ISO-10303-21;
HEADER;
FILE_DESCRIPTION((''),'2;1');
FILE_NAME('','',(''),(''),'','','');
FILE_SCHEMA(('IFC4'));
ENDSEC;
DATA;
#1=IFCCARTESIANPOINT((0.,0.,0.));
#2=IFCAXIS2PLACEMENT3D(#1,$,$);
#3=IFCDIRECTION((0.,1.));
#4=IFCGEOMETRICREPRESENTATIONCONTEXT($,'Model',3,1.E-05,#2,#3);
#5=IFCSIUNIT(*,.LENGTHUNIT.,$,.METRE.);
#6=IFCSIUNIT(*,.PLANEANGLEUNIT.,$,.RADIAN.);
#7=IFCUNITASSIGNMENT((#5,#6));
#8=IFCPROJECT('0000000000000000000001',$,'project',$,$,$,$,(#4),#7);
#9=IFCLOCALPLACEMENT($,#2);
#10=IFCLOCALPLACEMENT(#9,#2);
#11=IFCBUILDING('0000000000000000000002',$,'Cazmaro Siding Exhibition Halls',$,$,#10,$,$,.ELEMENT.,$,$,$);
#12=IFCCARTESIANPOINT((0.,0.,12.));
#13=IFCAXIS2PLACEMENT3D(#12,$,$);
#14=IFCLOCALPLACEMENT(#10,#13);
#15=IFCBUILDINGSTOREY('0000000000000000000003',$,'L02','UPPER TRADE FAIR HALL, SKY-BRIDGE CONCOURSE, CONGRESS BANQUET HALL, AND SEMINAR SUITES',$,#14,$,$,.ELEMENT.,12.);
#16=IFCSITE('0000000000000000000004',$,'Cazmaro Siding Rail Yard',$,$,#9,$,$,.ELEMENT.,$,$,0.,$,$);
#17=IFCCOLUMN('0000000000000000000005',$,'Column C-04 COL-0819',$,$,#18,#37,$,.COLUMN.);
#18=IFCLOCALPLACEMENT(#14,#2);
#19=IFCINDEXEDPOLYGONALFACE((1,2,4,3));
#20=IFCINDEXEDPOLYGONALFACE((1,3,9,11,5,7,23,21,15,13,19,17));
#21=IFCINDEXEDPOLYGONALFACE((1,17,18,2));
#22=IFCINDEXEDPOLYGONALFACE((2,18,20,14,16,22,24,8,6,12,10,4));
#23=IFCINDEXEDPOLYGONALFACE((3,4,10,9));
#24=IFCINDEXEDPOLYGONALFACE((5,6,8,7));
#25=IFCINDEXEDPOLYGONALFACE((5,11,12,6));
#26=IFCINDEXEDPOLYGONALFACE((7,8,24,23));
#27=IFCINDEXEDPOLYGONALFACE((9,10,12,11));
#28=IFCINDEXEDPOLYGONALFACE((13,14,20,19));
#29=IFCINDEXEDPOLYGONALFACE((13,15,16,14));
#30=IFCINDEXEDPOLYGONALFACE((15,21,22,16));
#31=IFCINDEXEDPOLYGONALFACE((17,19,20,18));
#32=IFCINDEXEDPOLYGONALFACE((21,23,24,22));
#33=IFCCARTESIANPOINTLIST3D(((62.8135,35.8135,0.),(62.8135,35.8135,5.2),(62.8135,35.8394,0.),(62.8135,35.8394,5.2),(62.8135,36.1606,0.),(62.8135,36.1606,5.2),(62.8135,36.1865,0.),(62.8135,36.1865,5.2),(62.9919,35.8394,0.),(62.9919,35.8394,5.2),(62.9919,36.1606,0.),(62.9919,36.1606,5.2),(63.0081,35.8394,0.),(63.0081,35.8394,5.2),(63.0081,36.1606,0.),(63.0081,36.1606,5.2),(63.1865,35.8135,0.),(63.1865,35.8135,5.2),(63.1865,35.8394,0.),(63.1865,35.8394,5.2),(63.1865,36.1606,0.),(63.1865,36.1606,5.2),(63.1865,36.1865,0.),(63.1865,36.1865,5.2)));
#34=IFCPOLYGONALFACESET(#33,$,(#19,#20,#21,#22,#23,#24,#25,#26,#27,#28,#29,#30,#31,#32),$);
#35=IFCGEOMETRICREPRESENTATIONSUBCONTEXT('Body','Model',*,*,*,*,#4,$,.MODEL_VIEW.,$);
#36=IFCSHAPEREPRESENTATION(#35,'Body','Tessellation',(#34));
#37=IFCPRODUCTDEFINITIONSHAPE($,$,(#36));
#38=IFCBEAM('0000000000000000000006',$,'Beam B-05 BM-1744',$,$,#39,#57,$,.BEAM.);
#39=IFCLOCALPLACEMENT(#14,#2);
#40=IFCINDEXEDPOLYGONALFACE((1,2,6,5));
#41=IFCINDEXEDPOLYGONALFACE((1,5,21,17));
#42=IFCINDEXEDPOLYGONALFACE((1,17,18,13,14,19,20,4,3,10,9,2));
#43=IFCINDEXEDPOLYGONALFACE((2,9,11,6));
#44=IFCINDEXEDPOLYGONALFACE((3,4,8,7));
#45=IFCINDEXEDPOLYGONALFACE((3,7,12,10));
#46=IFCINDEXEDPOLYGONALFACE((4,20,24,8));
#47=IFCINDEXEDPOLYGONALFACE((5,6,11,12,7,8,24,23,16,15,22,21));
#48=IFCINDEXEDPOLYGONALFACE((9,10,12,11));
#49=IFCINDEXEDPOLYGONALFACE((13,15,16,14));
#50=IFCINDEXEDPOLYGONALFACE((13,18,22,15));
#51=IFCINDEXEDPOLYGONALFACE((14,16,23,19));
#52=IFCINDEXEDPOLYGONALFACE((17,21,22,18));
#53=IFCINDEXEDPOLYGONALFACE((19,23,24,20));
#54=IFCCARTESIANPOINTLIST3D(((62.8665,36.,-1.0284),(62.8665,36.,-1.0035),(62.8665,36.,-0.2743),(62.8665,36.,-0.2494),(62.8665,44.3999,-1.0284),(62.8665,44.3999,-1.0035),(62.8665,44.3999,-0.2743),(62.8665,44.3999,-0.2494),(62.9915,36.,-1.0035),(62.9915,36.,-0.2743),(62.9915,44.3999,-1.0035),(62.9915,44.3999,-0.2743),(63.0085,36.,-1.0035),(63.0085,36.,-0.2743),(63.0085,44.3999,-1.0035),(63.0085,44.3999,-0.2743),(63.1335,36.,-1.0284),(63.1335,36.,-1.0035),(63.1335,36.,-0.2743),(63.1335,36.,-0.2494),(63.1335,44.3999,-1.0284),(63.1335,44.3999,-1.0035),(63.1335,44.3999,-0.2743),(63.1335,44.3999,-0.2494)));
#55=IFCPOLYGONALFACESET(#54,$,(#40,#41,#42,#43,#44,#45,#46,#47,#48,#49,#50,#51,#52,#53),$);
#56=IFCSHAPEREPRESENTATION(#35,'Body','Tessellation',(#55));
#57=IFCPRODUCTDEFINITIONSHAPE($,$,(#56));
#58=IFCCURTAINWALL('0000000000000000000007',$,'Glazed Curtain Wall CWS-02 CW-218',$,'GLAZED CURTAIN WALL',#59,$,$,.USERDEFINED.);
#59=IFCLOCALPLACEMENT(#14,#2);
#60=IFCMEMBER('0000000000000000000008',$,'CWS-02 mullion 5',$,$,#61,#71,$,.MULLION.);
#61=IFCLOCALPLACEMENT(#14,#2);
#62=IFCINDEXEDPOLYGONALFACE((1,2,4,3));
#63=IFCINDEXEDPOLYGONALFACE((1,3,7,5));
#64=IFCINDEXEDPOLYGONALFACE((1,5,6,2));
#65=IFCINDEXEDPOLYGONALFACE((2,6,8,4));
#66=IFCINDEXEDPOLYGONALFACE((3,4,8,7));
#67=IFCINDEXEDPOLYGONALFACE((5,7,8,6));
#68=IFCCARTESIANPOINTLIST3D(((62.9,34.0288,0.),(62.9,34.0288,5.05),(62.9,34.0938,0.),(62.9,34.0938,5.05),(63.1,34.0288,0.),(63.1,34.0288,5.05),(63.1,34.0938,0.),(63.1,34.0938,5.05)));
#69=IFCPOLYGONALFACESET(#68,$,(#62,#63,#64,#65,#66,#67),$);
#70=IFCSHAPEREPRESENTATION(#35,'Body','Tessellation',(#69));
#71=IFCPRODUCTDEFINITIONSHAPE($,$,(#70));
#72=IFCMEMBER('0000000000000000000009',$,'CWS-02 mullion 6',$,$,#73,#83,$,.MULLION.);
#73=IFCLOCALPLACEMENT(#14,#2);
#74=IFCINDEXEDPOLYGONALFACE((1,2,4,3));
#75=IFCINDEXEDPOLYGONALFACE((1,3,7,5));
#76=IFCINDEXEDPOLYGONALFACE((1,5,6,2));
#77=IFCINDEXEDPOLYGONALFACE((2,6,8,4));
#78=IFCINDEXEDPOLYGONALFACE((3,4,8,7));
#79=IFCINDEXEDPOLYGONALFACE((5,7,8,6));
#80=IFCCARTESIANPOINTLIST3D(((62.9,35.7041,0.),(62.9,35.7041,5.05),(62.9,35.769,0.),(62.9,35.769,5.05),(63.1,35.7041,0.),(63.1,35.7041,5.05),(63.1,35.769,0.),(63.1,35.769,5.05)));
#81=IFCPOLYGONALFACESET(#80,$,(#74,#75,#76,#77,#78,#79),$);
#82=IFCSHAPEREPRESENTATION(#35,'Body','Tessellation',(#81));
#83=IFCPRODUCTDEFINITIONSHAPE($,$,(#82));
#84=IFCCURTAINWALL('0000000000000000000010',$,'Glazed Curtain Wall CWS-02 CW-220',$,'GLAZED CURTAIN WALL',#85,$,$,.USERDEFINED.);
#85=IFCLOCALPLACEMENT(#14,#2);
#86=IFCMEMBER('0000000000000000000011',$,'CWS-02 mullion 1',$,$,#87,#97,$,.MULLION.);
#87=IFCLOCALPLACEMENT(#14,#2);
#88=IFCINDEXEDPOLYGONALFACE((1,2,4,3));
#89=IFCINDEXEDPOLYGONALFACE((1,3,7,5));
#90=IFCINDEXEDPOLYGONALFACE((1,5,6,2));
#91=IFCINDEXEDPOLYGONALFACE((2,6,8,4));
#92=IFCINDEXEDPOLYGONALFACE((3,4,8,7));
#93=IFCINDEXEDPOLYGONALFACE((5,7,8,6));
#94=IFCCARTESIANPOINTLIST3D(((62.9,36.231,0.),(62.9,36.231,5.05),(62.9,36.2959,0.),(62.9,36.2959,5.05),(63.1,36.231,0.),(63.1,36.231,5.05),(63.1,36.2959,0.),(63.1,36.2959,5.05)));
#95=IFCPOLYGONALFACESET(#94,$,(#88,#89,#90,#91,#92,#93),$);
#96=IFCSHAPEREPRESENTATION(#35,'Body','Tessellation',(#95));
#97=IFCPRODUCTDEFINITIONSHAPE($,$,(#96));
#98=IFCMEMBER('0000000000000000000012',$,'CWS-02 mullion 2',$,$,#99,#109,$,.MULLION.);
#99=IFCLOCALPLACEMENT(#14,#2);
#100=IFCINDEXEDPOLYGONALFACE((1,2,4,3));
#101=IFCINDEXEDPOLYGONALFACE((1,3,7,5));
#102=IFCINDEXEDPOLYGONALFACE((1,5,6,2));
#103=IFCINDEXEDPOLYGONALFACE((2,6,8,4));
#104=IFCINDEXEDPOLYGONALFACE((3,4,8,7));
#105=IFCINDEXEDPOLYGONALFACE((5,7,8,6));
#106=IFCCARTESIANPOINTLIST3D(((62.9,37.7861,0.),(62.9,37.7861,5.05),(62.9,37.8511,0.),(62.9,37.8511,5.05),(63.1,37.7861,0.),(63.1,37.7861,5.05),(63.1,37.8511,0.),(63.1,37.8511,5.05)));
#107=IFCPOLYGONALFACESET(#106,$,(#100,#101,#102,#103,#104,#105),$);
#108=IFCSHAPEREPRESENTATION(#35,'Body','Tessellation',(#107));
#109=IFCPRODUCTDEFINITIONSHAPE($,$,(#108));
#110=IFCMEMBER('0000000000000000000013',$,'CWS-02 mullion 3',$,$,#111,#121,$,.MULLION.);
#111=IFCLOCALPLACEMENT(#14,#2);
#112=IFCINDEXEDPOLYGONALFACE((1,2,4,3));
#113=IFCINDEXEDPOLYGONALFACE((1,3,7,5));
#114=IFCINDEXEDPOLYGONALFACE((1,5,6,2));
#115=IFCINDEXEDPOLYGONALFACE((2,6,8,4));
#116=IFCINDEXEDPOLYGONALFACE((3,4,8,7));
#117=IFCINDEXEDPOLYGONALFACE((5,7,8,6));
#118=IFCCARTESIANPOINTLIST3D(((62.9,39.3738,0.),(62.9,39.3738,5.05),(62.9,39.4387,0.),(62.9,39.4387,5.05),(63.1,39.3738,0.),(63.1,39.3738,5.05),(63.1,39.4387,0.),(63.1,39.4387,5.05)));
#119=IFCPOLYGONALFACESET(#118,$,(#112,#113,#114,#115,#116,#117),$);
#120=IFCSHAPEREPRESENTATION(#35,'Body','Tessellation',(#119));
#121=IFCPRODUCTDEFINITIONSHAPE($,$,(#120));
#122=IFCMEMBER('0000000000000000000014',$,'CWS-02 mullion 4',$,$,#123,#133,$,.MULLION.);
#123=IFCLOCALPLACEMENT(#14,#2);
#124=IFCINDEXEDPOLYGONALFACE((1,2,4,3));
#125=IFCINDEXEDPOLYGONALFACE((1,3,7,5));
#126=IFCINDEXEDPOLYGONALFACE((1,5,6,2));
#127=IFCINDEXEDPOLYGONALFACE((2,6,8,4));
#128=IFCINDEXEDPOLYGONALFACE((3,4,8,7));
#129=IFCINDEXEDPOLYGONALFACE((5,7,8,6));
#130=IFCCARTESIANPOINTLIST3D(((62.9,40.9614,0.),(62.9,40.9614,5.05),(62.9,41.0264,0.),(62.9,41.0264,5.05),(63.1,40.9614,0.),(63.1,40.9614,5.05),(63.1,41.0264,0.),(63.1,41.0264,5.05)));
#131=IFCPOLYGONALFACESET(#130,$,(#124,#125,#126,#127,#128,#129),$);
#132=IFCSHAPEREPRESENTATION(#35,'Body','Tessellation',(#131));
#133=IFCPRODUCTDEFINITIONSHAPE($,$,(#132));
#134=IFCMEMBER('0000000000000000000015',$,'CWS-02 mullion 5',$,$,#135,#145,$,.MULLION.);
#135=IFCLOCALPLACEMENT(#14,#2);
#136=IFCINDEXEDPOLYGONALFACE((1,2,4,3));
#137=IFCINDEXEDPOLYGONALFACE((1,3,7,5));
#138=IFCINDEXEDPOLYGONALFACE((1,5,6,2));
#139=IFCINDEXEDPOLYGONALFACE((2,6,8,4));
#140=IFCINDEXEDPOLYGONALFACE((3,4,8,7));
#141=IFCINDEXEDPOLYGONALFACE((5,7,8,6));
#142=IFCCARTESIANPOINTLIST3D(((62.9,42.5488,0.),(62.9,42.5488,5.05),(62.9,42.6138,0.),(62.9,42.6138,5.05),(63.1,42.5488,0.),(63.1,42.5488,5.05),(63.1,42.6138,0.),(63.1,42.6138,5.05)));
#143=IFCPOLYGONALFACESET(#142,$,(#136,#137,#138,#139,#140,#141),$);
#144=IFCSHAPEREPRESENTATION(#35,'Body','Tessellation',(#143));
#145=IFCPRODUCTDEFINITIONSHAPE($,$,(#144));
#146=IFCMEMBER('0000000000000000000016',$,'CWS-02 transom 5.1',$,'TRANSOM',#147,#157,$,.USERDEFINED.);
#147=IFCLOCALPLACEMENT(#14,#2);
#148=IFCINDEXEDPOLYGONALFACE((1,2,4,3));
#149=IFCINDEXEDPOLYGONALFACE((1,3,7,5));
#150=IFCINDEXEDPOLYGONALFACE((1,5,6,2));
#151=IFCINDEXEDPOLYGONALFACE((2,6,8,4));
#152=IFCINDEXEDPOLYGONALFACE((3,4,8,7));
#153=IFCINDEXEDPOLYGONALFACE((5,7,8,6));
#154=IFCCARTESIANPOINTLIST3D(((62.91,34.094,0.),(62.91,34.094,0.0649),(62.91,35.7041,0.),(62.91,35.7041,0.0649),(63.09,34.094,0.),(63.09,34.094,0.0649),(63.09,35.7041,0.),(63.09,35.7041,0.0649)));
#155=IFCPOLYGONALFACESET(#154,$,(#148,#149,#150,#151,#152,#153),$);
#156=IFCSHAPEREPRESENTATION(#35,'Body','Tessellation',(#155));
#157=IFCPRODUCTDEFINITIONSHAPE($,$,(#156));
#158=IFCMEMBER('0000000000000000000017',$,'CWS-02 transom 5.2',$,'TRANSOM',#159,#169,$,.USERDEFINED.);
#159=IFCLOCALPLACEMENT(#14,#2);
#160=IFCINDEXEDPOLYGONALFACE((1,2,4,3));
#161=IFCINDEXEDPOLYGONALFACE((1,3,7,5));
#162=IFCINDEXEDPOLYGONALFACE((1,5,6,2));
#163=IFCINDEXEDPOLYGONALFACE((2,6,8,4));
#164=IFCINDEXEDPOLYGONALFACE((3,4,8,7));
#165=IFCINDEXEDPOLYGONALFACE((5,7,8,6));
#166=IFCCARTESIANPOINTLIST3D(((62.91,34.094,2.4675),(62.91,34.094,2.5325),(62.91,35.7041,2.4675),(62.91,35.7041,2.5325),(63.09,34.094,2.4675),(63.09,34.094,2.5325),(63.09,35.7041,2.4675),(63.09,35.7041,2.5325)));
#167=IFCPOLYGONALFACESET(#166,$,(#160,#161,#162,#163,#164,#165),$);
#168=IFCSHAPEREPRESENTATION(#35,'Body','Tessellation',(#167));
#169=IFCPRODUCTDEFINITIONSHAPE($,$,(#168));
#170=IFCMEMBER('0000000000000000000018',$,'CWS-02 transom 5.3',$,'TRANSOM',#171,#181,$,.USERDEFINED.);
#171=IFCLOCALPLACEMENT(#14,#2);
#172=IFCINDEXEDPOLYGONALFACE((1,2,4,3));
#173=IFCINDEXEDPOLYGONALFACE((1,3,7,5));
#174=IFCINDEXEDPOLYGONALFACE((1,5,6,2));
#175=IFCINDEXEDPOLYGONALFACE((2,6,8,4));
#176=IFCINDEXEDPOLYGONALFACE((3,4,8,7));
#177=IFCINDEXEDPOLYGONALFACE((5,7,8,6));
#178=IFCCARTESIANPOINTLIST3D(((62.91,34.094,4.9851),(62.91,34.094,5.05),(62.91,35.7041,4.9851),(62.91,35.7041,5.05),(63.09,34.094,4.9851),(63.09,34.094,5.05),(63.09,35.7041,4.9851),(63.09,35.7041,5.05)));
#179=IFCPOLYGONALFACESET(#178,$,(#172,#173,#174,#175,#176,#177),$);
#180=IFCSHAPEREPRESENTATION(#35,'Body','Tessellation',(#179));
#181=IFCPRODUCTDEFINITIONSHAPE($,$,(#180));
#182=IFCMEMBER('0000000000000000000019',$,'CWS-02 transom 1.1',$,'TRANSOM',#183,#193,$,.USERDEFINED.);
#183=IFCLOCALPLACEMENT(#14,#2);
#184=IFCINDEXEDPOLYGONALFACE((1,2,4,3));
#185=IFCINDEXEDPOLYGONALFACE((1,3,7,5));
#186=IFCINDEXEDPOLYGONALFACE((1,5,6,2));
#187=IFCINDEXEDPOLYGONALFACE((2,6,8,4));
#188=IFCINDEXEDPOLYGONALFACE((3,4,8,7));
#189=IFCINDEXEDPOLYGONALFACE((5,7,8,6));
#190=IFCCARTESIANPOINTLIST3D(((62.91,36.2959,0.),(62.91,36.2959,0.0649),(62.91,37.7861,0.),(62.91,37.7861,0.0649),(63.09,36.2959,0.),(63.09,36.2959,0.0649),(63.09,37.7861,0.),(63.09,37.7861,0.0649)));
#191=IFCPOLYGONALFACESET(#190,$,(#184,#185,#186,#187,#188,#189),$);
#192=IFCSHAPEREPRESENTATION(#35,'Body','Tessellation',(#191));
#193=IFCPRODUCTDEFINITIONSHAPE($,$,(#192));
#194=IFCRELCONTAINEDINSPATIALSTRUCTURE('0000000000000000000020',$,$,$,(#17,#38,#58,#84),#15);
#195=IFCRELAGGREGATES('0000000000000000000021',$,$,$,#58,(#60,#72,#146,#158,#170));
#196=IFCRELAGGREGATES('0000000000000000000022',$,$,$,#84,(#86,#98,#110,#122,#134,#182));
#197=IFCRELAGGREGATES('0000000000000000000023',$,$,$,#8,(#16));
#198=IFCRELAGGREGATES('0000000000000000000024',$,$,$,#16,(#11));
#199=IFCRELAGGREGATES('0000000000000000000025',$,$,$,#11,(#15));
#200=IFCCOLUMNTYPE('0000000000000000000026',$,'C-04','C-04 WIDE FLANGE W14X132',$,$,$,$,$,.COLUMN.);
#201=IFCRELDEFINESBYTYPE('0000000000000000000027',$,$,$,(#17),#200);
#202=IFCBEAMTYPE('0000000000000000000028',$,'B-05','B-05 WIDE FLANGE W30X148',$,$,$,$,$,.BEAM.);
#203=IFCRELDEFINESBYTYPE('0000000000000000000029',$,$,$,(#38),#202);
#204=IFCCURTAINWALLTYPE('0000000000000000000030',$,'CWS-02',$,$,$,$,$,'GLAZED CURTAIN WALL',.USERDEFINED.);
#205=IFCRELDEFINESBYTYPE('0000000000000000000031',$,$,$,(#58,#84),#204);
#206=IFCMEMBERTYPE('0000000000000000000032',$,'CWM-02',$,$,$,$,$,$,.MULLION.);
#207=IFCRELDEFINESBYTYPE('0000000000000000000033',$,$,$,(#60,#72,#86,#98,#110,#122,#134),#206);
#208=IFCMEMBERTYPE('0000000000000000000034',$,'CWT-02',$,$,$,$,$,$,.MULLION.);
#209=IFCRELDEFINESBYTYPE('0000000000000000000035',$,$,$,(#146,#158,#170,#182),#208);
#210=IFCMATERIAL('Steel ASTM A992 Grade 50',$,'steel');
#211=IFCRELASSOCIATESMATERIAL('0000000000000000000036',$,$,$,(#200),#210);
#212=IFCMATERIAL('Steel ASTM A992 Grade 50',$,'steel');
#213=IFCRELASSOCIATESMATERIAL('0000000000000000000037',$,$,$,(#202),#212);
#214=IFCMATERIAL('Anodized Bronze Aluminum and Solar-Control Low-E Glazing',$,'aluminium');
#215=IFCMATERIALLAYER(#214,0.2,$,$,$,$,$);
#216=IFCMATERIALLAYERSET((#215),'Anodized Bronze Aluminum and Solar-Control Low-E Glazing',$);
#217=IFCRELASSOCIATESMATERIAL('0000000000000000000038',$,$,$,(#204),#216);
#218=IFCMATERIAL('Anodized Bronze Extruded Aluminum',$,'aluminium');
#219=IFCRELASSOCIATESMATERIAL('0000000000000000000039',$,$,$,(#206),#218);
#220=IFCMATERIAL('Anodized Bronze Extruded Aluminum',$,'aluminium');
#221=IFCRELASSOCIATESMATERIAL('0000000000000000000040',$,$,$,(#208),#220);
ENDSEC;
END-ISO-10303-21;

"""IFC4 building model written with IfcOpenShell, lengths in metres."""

from ifc_helpers import new_model, si_unit, direction, frame, origin, origin_2d, place, context, subcontext, project, spatial, rectangle, i_section, extrude, material, layer, layer_set, material_profile, profile_set, type_object, element, aggregate, save


model = new_model("IFC4")

# Units and contexts
model_context = context("Model", 3, precision=1e-05, world=origin(), true_north=direction((0.0, 1.0)))
body_context = subcontext(model_context, "Body", "Model", "MODEL_VIEW")
ifc_project = project(units=[si_unit("LENGTHUNIT", "METRE"), si_unit("PLANEANGLEUNIT", "RADIAN")], contexts=[model_context])

# Site, building, storey
site_placement = place(None, origin())
site = spatial("IfcSite", under=ifc_project, at=site_placement, Name="Cazmaro Siding Rail Yard", CompositionType="ELEMENT", RefElevation=0.0)
building_placement = place(site_placement, origin())
building = spatial("IfcBuilding", under=site, at=building_placement, Name="Cazmaro Siding Exhibition Halls", CompositionType="ELEMENT")
storey_placement = place(building_placement, frame((0.0, 0.0, 12.0)))
storey = spatial("IfcBuildingStorey", under=building, at=storey_placement, Name="L02", Description="UPPER TRADE FAIR HALL, SKY-BRIDGE CONCOURSE, CONGRESS BANQUET HALL, AND SEMINAR SUITES", CompositionType="ELEMENT", Elevation=12.0)

# Column
ifc_material_1 = material(Name="Steel ASTM A992 Grade 50", Category="steel")
ifc_material_profile_1 = material_profile(ifc_material_1, i_section(OverallWidth=0.373, OverallDepth=0.373, WebThickness=0.0161, FlangeThickness=0.0259, at=origin_2d()), Name="W14X132")
ifc_profile_set_1 = profile_set([ifc_material_profile_1], Name="Steel ASTM A992 Grade 50")
column_type = type_object("IfcColumnType", Name="C-04", Description="C-04 WIDE FLANGE W14X132", PredefinedType="COLUMN", material=ifc_profile_set_1)
column_placement = place(storey_placement, frame((63.0, 36.0, 0.0), z_axis=(0.0, 0.0, 1.0), x_axis=(1.0, 0.0, 0.0)))
element("IfcColumn", 1, at=column_placement, inside=storey, type_object=column_type, Name="Column C-04 COL-0819", PredefinedType="COLUMN", context=body_context, shape_type="SweptSolid", body=[
    extrude(i_section(OverallWidth=0.373, OverallDepth=0.373, WebThickness=0.0161, FlangeThickness=0.0259, at=origin_2d()), origin(), (0.0, 0.0, 1.0), 5.2),
])

# Beam
ifc_material_2 = material(Name="Steel ASTM A992 Grade 50", Category="steel")
ifc_material_profile_2 = material_profile(ifc_material_2, i_section(OverallWidth=0.2671, OverallDepth=0.7791, WebThickness=0.0171, FlangeThickness=0.0249, at=origin_2d()), Name="W30X148")
ifc_profile_set_2 = profile_set([ifc_material_profile_2], Name="Steel ASTM A992 Grade 50")
beam_type = type_object("IfcBeamType", Name="B-05", Description="B-05 WIDE FLANGE W30X148", PredefinedType="BEAM", material=ifc_profile_set_2)
beam_placement = place(storey_placement, frame((63.0, 36.0, -0.6389), z_axis=(0.0, 1.0, 0.0), x_axis=(-1.0, 0.0, 0.0)))
element("IfcBeam", 2, at=beam_placement, inside=storey, type_object=beam_type, Name="Beam B-05 BM-1744", PredefinedType="BEAM", context=body_context, shape_type="SweptSolid", body=[
    extrude(i_section(OverallWidth=0.2671, OverallDepth=0.7791, WebThickness=0.0171, FlangeThickness=0.0249, at=origin_2d()), origin(), (0.0, 0.0, 1.0), 8.3999),
])

# Curtain walls, members
ifc_material_3 = material(Name="Anodized Bronze Aluminum and Solar-Control Low-E Glazing", Category="aluminium")
ifc_layer_1 = layer(ifc_material_3, 0.2)
ifc_layer_set_1 = layer_set([ifc_layer_1], Name="Anodized Bronze Aluminum and Solar-Control Low-E Glazing")
curtain_wall_type = type_object("IfcCurtainWallType", Name="CWS-02", ElementType="GLAZED CURTAIN WALL", PredefinedType="USERDEFINED", material=ifc_layer_set_1)
curtain_wall_1_placement = place(storey_placement, origin())
curtain_wall_1 = element("IfcCurtainWall", 3, at=curtain_wall_1_placement, inside=storey, type_object=curtain_wall_type, Name="Glazed Curtain Wall CWS-02 CW-218", ObjectType="GLAZED CURTAIN WALL", PredefinedType="USERDEFINED")
ifc_material_4 = material(Name="Anodized Bronze Extruded Aluminum", Category="aluminium")
ifc_material_profile_3 = material_profile(ifc_material_4, rectangle(XDim=0.2, YDim=0.0649, at=origin_2d()), Name="CWM-02")
ifc_profile_set_3 = profile_set([ifc_material_profile_3], Name="Anodized Bronze Extruded Aluminum")
member_type_1 = type_object("IfcMemberType", Name="CWM-02", PredefinedType="MULLION", material=ifc_profile_set_3)
member_1_placement = place(storey_placement, frame((63.0, 34.0613, 0.0), z_axis=(0.0, 0.0, 1.0), x_axis=(-1.0, 0.0, 0.0)))
member_1 = element("IfcMember", 4, at=member_1_placement, type_object=member_type_1, Name="CWS-02 mullion 5", PredefinedType="MULLION", context=body_context, shape_type="SweptSolid", body=[
    extrude(rectangle(XDim=0.2, YDim=0.0649, at=origin_2d()), origin(), (0.0, 0.0, 1.0), 5.05),
])
member_2_placement = place(storey_placement, frame((63.0, 35.7366, 0.0), z_axis=(0.0, 0.0, 1.0), x_axis=(-1.0, 0.0, 0.0)))
member_2 = element("IfcMember", 5, at=member_2_placement, type_object=member_type_1, Name="CWS-02 mullion 6", PredefinedType="MULLION", context=body_context, shape_type="SweptSolid", body=[
    extrude(rectangle(XDim=0.2, YDim=0.0649, at=origin_2d()), origin(), (0.0, 0.0, 1.0), 5.05),
])
curtain_wall_2_placement = place(storey_placement, origin())
curtain_wall_2 = element("IfcCurtainWall", 6, at=curtain_wall_2_placement, inside=storey, type_object=curtain_wall_type, Name="Glazed Curtain Wall CWS-02 CW-220", ObjectType="GLAZED CURTAIN WALL", PredefinedType="USERDEFINED")
member_3_placement = place(storey_placement, frame((63.0, 36.2634, 0.0), z_axis=(0.0, 0.0, 1.0), x_axis=(-1.0, 0.0, 0.0)))
member_3 = element("IfcMember", 7, at=member_3_placement, type_object=member_type_1, Name="CWS-02 mullion 1", PredefinedType="MULLION", context=body_context, shape_type="SweptSolid", body=[
    extrude(rectangle(XDim=0.2, YDim=0.0649, at=origin_2d()), origin(), (0.0, 0.0, 1.0), 5.05),
])
member_4_placement = place(storey_placement, frame((63.0, 37.8186, 0.0), z_axis=(0.0, 0.0, 1.0), x_axis=(-1.0, 0.0, 0.0)))
member_4 = element("IfcMember", 8, at=member_4_placement, type_object=member_type_1, Name="CWS-02 mullion 2", PredefinedType="MULLION", context=body_context, shape_type="SweptSolid", body=[
    extrude(rectangle(XDim=0.2, YDim=0.0649, at=origin_2d()), origin(), (0.0, 0.0, 1.0), 5.05),
])
member_5_placement = place(storey_placement, frame((63.0, 39.4062, 0.0), z_axis=(0.0, 0.0, 1.0), x_axis=(-1.0, 0.0, 0.0)))
member_5 = element("IfcMember", 9, at=member_5_placement, type_object=member_type_1, Name="CWS-02 mullion 3", PredefinedType="MULLION", context=body_context, shape_type="SweptSolid", body=[
    extrude(rectangle(XDim=0.2, YDim=0.0649, at=origin_2d()), origin(), (0.0, 0.0, 1.0), 5.05),
])
member_6_placement = place(storey_placement, frame((63.0, 40.9939, 0.0), z_axis=(0.0, 0.0, 1.0), x_axis=(-1.0, 0.0, 0.0)))
member_6 = element("IfcMember", 10, at=member_6_placement, type_object=member_type_1, Name="CWS-02 mullion 4", PredefinedType="MULLION", context=body_context, shape_type="SweptSolid", body=[
    extrude(rectangle(XDim=0.2, YDim=0.0649, at=origin_2d()), origin(), (0.0, 0.0, 1.0), 5.05),
])
member_7_placement = place(storey_placement, frame((63.0, 42.5813, 0.0), z_axis=(0.0, 0.0, 1.0), x_axis=(-1.0, 0.0, 0.0)))
member_7 = element("IfcMember", 11, at=member_7_placement, type_object=member_type_1, Name="CWS-02 mullion 5", PredefinedType="MULLION", context=body_context, shape_type="SweptSolid", body=[
    extrude(rectangle(XDim=0.2, YDim=0.0649, at=origin_2d()), origin(), (0.0, 0.0, 1.0), 5.05),
])

# Members
ifc_material_5 = material(Name="Anodized Bronze Extruded Aluminum", Category="aluminium")
ifc_material_profile_4 = material_profile(ifc_material_5, rectangle(XDim=0.1799, YDim=0.0649, at=origin_2d()), Name="CWT-02")
ifc_profile_set_4 = profile_set([ifc_material_profile_4], Name="Anodized Bronze Extruded Aluminum")
member_type_2 = type_object("IfcMemberType", Name="CWT-02", PredefinedType="MULLION", material=ifc_profile_set_4)
member_8_placement = place(storey_placement, frame((63.0, 34.094, 0.0325), z_axis=(0.0, 1.0, 0.0), x_axis=(-1.0, 0.0, 0.0)))
member_8 = element("IfcMember", 12, at=member_8_placement, type_object=member_type_2, Name="CWS-02 transom 5.1", ObjectType="TRANSOM", PredefinedType="USERDEFINED", context=body_context, shape_type="SweptSolid", body=[
    extrude(rectangle(XDim=0.1799, YDim=0.0649, at=origin_2d()), origin(), (0.0, 0.0, 1.0), 1.6101),
])
member_9_placement = place(storey_placement, frame((63.0, 34.094, 2.5), z_axis=(0.0, 1.0, 0.0), x_axis=(-1.0, 0.0, 0.0)))
member_9 = element("IfcMember", 13, at=member_9_placement, type_object=member_type_2, Name="CWS-02 transom 5.2", ObjectType="TRANSOM", PredefinedType="USERDEFINED", context=body_context, shape_type="SweptSolid", body=[
    extrude(rectangle(XDim=0.1799, YDim=0.0649, at=origin_2d()), origin(), (0.0, 0.0, 1.0), 1.6101),
])
member_10_placement = place(storey_placement, frame((63.0, 34.094, 5.0176), z_axis=(0.0, 1.0, 0.0), x_axis=(-1.0, 0.0, 0.0)))
member_10 = element("IfcMember", 14, at=member_10_placement, type_object=member_type_2, Name="CWS-02 transom 5.3", ObjectType="TRANSOM", PredefinedType="USERDEFINED", context=body_context, shape_type="SweptSolid", body=[
    extrude(rectangle(XDim=0.1799, YDim=0.0649, at=origin_2d()), origin(), (0.0, 0.0, 1.0), 1.6101),
])
member_11_placement = place(storey_placement, frame((63.0, 36.2959, 0.0325), z_axis=(0.0, 1.0, 0.0), x_axis=(-1.0, 0.0, 0.0)))
member_11 = element("IfcMember", 15, at=member_11_placement, type_object=member_type_2, Name="CWS-02 transom 1.1", ObjectType="TRANSOM", PredefinedType="USERDEFINED", context=body_context, shape_type="SweptSolid", body=[
    extrude(rectangle(XDim=0.1799, YDim=0.0649, at=origin_2d()), origin(), (0.0, 0.0, 1.0), 1.4902),
])

aggregate(curtain_wall_1, [member_1, member_2, member_8, member_9, member_10])
aggregate(curtain_wall_2, [member_3, member_4, member_5, member_6, member_7, member_11])

save(model, "model.ifc")
